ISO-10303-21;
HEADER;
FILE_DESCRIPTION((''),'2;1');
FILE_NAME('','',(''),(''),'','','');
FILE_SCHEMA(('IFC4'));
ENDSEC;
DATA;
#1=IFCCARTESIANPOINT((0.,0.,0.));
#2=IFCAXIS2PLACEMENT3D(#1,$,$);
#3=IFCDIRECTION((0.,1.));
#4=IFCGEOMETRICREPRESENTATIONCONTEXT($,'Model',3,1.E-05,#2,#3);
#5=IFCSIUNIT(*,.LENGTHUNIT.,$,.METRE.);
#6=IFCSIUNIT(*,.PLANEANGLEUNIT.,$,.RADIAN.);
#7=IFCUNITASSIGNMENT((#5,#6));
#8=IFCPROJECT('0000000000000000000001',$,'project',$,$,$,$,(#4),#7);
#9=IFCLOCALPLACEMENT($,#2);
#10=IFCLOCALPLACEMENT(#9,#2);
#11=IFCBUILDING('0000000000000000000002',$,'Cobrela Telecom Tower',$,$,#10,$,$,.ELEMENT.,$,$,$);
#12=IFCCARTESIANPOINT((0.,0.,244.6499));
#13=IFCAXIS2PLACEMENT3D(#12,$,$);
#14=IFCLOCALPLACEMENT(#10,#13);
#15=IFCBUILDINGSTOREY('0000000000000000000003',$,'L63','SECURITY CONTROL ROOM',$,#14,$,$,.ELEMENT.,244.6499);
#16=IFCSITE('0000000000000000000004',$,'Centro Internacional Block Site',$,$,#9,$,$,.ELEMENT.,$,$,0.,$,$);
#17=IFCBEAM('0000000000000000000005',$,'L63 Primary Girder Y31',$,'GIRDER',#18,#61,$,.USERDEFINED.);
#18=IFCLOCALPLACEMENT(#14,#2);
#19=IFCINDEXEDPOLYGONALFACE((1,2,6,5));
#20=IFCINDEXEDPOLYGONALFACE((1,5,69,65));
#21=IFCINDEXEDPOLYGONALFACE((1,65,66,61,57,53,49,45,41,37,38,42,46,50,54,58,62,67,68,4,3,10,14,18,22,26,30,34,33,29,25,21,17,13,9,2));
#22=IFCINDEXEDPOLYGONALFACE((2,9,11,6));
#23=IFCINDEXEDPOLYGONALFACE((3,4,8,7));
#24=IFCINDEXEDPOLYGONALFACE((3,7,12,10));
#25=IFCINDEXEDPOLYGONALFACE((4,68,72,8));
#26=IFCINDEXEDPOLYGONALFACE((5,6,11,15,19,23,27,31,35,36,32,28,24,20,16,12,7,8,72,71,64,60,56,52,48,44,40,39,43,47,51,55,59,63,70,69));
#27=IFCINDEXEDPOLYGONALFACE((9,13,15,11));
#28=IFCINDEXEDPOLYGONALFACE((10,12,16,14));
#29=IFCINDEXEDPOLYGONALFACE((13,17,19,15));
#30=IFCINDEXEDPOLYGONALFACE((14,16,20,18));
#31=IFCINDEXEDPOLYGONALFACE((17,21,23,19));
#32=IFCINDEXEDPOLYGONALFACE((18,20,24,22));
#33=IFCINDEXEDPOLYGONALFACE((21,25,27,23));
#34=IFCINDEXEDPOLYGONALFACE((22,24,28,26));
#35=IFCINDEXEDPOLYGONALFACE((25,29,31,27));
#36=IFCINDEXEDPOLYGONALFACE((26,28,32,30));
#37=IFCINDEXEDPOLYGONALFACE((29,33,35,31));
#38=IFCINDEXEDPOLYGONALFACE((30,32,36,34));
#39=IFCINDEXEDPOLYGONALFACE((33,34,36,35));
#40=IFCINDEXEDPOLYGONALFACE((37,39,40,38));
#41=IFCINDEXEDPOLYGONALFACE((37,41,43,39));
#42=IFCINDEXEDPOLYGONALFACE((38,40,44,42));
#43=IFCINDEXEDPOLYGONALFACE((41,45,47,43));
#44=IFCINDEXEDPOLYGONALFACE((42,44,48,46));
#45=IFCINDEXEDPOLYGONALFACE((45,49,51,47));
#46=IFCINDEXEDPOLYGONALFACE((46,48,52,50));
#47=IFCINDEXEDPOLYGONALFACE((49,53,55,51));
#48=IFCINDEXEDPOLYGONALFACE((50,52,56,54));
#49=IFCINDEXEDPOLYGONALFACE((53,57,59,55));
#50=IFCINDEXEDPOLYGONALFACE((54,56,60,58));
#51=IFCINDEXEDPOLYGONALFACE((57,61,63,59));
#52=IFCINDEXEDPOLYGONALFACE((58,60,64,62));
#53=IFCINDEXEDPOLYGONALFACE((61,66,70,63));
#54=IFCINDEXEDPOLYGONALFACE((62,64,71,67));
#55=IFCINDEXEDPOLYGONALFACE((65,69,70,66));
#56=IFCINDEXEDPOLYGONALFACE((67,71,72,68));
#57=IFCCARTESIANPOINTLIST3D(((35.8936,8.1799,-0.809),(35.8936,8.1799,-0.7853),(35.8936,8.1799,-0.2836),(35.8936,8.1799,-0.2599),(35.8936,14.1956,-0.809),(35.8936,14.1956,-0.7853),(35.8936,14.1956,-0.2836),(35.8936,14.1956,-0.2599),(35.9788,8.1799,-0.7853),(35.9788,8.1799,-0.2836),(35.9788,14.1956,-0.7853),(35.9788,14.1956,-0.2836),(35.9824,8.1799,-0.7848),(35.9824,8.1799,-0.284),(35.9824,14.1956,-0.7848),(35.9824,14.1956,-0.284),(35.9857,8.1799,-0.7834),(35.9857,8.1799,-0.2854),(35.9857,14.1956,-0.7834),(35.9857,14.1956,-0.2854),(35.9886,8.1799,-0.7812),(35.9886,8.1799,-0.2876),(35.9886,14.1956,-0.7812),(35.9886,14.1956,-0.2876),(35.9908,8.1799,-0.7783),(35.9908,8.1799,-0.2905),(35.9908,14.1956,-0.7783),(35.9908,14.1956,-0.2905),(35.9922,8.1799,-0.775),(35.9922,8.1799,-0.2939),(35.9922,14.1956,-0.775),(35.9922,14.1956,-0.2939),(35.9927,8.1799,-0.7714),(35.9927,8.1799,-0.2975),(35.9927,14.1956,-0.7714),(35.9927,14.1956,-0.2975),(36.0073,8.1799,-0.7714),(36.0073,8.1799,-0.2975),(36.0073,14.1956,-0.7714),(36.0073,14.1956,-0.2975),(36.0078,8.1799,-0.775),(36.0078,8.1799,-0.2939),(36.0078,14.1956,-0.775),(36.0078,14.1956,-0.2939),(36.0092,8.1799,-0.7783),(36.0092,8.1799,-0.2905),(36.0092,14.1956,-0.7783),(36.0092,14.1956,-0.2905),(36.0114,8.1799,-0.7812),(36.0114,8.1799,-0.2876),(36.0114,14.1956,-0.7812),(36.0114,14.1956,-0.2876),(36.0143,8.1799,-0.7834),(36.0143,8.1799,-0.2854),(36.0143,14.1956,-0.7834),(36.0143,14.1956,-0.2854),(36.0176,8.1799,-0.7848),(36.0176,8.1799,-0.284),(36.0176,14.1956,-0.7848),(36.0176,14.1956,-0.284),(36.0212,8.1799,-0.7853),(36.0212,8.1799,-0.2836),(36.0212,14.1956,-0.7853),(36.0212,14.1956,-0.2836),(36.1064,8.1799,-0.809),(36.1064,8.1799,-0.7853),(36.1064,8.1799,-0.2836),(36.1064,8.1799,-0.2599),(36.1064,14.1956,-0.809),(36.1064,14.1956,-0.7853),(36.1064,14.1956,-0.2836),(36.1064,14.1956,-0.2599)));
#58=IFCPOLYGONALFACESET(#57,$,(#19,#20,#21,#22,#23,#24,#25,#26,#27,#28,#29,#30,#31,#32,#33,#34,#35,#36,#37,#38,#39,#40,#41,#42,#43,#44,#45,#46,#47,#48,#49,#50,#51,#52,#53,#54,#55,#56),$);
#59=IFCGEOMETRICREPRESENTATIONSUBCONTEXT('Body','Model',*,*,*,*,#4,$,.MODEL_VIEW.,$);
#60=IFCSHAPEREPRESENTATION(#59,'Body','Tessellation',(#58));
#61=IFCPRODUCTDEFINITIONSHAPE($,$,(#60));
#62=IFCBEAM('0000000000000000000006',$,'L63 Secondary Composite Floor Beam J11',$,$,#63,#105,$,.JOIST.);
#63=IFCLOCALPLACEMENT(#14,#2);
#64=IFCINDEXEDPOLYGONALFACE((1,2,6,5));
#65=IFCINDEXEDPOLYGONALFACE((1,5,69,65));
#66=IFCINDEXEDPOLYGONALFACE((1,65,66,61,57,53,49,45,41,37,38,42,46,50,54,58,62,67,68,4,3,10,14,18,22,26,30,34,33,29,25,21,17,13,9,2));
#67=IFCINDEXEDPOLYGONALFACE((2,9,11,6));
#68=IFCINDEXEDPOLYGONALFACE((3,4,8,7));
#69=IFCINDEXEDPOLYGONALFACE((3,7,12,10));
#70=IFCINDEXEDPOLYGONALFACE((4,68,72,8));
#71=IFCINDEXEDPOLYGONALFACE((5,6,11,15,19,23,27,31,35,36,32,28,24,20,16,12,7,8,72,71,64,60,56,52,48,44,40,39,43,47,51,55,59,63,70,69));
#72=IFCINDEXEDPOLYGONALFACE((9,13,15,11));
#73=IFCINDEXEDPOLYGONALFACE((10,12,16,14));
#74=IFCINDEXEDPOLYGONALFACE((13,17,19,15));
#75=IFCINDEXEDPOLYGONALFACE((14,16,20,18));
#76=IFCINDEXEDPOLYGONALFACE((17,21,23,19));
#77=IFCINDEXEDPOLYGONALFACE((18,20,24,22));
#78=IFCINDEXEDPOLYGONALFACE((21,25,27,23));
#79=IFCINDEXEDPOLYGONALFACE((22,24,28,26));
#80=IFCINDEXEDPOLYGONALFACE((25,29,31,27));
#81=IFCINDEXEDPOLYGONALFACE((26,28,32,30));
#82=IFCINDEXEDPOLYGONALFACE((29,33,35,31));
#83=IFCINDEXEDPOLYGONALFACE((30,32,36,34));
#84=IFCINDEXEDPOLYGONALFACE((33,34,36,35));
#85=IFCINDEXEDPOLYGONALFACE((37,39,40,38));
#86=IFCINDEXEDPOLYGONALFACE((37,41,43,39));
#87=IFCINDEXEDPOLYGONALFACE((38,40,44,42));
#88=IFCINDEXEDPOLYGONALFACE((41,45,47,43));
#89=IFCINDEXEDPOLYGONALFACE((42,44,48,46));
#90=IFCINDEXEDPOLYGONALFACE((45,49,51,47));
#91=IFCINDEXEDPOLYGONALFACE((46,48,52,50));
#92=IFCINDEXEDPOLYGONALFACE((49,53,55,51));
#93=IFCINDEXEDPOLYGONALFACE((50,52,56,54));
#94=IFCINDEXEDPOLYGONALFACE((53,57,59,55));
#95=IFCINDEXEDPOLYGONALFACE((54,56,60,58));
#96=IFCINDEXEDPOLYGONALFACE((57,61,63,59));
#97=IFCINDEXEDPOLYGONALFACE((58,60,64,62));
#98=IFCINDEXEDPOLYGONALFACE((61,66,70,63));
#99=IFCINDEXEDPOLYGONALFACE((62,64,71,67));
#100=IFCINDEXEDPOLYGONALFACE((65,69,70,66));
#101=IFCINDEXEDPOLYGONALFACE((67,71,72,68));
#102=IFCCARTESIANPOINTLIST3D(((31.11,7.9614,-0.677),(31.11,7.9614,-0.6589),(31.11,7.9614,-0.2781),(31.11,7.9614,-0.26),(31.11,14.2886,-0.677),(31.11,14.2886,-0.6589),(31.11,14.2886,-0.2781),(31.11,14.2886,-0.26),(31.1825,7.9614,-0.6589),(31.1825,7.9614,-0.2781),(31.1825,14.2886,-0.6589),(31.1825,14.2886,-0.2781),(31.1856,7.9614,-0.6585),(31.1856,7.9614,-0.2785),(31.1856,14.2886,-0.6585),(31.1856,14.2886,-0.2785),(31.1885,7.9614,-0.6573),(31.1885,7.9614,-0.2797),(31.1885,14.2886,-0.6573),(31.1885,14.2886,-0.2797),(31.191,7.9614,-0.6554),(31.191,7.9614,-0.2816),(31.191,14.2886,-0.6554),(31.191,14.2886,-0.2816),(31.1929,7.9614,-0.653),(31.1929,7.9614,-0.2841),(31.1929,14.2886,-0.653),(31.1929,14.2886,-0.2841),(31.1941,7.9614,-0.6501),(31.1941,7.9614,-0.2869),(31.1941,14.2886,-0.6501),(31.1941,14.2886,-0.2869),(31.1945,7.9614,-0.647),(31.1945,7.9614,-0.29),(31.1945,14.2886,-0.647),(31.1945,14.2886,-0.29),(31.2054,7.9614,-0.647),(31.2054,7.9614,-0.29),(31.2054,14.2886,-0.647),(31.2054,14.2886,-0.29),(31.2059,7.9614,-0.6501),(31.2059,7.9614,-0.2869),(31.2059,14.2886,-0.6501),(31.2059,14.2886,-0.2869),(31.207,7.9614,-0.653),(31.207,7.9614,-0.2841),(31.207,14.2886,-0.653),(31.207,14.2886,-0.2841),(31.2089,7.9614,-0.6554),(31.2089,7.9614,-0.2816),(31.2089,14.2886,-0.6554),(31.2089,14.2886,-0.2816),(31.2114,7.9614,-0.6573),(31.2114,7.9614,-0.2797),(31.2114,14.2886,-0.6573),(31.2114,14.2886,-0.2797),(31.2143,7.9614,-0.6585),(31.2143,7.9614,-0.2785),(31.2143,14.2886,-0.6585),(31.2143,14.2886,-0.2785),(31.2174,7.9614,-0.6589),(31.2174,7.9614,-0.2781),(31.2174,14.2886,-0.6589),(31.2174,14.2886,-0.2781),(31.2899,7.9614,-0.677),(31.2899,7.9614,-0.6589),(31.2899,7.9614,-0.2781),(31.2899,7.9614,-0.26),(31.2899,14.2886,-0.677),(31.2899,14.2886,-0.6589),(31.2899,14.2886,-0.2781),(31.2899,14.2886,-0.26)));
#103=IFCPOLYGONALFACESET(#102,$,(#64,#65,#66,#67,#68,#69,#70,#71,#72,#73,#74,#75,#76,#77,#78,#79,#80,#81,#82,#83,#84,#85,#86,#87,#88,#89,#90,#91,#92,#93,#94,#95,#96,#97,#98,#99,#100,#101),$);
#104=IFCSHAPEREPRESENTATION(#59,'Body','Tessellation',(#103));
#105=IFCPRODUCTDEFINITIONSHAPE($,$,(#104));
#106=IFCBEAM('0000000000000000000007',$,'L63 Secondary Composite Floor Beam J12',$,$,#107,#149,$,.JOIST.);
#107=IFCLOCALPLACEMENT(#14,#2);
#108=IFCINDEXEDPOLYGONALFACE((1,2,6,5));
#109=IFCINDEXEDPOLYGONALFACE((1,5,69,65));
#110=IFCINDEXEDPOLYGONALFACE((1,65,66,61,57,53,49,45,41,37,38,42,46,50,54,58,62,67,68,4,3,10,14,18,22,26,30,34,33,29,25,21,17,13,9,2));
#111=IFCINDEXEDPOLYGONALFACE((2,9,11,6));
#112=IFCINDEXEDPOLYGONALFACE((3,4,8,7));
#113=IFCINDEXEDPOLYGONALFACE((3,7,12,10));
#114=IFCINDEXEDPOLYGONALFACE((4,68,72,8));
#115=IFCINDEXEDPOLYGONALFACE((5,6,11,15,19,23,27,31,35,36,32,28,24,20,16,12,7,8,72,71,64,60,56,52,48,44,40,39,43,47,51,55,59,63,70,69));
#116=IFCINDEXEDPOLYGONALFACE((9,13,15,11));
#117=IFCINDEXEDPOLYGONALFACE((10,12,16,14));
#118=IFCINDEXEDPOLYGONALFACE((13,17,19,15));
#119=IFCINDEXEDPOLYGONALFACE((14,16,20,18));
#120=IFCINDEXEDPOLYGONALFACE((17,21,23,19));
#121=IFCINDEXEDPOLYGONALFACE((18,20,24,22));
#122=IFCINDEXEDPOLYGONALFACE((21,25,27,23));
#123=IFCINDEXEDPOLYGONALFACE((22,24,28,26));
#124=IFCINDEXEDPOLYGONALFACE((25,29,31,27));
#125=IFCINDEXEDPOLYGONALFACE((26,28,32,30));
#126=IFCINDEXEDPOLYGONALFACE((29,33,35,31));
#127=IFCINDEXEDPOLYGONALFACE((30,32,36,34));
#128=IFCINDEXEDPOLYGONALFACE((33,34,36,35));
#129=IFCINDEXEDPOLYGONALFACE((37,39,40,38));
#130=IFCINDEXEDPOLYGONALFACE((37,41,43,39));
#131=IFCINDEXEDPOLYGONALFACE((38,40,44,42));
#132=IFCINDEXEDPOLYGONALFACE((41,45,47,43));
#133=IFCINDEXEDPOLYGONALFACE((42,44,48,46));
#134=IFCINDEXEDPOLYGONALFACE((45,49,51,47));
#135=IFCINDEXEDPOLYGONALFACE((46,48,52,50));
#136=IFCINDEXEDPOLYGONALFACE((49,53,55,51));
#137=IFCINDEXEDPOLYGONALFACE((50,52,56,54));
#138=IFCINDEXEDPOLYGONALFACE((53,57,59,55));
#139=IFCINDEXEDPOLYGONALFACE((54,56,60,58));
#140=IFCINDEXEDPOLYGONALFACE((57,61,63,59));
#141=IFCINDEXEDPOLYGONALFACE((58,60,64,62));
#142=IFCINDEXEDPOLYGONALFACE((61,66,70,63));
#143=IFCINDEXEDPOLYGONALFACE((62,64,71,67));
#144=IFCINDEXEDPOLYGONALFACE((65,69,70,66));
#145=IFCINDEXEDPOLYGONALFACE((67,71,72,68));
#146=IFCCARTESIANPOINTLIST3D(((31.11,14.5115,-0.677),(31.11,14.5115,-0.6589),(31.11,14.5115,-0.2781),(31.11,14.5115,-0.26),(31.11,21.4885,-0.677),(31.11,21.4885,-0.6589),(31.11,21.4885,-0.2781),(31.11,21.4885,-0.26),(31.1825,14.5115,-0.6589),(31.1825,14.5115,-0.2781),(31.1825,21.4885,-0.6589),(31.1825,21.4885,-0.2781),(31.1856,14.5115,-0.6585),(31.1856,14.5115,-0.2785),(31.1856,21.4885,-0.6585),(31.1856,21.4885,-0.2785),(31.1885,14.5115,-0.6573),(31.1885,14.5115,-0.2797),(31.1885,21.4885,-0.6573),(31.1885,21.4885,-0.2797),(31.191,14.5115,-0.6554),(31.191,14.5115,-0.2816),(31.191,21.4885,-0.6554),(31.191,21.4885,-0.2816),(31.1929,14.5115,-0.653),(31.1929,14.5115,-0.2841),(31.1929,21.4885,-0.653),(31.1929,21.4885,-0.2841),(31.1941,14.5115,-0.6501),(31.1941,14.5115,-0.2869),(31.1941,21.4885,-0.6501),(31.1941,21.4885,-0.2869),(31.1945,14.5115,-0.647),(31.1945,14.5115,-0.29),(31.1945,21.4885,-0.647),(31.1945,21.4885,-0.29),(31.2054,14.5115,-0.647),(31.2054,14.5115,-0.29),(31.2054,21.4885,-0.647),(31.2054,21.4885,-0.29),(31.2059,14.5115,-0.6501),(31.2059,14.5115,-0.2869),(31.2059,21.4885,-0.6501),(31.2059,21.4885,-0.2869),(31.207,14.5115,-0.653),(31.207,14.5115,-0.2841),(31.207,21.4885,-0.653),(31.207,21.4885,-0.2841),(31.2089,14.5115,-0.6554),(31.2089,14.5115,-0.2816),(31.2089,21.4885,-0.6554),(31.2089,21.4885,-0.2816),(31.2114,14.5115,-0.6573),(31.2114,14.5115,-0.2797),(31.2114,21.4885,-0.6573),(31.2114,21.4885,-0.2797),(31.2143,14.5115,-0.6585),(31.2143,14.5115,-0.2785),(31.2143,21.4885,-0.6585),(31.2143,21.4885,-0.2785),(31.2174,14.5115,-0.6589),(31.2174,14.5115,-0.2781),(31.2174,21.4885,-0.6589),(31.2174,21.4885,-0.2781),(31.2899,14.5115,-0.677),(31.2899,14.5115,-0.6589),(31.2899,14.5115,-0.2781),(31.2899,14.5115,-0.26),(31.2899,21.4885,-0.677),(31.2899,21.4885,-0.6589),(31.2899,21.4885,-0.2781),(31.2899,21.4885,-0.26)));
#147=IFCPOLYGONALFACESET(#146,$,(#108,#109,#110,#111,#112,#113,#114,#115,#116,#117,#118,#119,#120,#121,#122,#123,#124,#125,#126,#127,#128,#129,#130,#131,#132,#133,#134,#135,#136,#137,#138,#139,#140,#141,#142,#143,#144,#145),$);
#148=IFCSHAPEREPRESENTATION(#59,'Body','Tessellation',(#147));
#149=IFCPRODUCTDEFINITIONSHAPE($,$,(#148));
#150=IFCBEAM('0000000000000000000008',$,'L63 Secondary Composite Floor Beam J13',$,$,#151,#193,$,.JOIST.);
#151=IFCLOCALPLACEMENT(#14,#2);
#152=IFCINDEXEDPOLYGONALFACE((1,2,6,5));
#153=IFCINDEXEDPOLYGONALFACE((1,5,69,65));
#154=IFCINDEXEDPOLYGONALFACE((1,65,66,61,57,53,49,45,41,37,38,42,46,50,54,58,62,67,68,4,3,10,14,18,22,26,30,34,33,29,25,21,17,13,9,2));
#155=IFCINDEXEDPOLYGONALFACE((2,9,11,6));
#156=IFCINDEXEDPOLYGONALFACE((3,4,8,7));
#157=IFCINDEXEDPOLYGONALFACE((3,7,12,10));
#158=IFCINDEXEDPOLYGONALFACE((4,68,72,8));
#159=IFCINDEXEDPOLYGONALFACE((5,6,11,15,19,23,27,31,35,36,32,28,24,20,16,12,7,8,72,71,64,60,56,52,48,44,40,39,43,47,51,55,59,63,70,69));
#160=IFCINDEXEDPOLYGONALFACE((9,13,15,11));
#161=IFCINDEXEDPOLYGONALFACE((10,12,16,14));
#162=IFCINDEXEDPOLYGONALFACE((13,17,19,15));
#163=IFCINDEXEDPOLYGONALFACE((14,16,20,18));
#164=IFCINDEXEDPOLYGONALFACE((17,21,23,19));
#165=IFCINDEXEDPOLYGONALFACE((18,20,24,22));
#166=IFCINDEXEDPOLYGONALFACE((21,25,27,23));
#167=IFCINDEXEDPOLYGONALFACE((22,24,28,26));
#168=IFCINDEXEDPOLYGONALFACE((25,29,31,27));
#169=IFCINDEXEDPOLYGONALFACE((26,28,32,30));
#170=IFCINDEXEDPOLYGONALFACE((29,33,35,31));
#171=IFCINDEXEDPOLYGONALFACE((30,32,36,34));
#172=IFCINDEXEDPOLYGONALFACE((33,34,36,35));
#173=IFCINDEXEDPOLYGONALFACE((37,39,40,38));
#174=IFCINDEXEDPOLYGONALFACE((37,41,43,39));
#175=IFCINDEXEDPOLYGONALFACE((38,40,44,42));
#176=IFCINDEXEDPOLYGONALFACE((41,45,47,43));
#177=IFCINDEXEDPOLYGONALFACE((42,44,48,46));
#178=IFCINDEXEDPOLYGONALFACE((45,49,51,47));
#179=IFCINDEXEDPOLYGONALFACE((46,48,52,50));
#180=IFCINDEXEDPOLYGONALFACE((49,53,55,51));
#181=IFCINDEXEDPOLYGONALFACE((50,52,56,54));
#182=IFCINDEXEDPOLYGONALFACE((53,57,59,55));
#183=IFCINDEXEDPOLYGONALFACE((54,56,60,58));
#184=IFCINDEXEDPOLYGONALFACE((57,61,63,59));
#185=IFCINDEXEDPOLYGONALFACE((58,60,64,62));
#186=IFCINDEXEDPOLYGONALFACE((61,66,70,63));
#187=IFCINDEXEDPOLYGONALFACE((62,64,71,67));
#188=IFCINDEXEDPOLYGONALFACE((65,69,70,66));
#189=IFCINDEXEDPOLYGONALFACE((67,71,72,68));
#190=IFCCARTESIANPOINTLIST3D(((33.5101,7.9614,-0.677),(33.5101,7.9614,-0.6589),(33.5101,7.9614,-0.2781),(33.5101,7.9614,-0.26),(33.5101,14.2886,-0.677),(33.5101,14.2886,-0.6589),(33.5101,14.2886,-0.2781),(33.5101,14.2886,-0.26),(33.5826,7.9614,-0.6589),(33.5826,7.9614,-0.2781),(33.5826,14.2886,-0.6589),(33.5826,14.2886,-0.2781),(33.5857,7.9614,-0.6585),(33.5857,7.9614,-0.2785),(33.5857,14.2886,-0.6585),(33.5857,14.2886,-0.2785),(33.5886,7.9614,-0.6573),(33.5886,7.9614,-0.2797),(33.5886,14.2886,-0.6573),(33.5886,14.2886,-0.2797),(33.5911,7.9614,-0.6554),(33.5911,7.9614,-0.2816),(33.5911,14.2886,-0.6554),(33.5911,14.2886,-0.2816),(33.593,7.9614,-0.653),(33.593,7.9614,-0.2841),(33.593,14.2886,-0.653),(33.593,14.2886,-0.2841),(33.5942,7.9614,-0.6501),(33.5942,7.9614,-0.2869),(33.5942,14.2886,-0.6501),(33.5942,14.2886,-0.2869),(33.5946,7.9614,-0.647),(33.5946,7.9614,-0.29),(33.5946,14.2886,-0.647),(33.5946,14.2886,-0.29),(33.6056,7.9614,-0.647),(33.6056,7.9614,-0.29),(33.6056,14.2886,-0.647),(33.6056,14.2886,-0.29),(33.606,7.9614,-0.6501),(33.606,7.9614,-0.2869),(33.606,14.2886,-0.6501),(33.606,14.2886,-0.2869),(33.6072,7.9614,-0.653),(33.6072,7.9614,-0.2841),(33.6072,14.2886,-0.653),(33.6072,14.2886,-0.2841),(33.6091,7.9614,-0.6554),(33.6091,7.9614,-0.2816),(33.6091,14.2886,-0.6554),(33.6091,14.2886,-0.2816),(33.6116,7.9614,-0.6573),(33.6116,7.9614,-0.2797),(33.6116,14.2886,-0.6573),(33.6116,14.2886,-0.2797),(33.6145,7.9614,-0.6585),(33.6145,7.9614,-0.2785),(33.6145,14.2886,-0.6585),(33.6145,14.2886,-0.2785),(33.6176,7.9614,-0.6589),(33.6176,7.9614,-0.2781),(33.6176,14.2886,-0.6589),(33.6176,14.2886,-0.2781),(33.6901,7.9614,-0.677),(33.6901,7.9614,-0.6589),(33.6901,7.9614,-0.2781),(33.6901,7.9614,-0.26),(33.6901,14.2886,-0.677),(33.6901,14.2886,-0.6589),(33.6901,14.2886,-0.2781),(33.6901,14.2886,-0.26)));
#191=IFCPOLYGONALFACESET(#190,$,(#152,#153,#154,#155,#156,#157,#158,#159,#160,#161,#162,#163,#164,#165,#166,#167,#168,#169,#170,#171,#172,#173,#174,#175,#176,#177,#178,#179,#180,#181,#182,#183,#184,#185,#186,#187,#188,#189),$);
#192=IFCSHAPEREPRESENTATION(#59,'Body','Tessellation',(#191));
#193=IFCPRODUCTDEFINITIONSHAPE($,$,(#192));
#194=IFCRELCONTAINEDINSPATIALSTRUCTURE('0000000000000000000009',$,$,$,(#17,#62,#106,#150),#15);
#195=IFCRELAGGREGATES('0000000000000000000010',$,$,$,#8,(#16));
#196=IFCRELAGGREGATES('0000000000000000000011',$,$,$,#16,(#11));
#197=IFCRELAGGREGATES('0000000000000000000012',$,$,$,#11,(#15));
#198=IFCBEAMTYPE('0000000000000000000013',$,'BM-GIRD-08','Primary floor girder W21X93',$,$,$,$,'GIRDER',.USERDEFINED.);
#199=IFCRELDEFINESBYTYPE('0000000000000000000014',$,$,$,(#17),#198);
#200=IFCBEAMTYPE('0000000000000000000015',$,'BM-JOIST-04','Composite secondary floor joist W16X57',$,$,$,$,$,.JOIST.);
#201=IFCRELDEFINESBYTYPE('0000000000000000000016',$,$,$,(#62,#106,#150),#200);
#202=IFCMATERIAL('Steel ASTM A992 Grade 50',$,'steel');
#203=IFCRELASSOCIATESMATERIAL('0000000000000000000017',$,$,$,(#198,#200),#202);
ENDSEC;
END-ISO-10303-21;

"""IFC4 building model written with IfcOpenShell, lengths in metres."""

from ifc_helpers import new_model, si_unit, direction, frame, origin, origin_2d, place, context, subcontext, project, spatial, i_section, extrude, material, material_profile, profile_set, type_object, element, save


model = new_model("IFC4")

# Units and contexts
model_context = context("Model", 3, precision=1e-05, world=origin(), true_north=direction((0.0, 1.0)))
body_context = subcontext(model_context, "Body", "Model", "MODEL_VIEW")
ifc_project = project(units=[si_unit("LENGTHUNIT", "METRE"), si_unit("PLANEANGLEUNIT", "RADIAN")], contexts=[model_context])

# Site, building, storey
site_placement = place(None, origin())
site = spatial("IfcSite", under=ifc_project, at=site_placement, Name="Centro Internacional Block Site", CompositionType="ELEMENT", RefElevation=0.0)
building_placement = place(site_placement, origin())
building = spatial("IfcBuilding", under=site, at=building_placement, Name="Cobrela Telecom Tower", CompositionType="ELEMENT")
storey_placement = place(building_placement, frame((0.0, 0.0, 244.6499)))
storey = spatial("IfcBuildingStorey", under=building, at=storey_placement, Name="L63", Description="SECURITY CONTROL ROOM", CompositionType="ELEMENT", Elevation=244.6499)

# Shared definitions
ifc_material_1 = material(Name="Steel ASTM A992 Grade 50", Category="steel")

# Beams
ifc_material_profile_1 = material_profile(ifc_material_1, i_section(OverallWidth=0.2129, OverallDepth=0.5491, WebThickness=0.0146, FlangeThickness=0.0237, FilletRadius=0.0139, at=origin_2d()), Name="W21X93")
ifc_profile_set_1 = profile_set([ifc_material_profile_1], Name="Steel ASTM A992 Grade 50")
beam_type_1 = type_object("IfcBeamType", Name="BM-GIRD-08", Description="Primary floor girder W21X93", ElementType="GIRDER", PredefinedType="USERDEFINED", material=ifc_profile_set_1)
beam_1_placement = place(storey_placement, frame((36.0, 8.1799, -0.5344), z_axis=(0.0, 1.0, 0.0), x_axis=(-1.0, 0.0, 0.0)))
element("IfcBeam", 1, at=beam_1_placement, inside=storey, type_object=beam_type_1, Name="L63 Primary Girder Y31", ObjectType="GIRDER", PredefinedType="USERDEFINED", context=body_context, shape_type="SweptSolid", body=[
    extrude(i_section(OverallWidth=0.2129, OverallDepth=0.5491, WebThickness=0.0146, FlangeThickness=0.0237, FilletRadius=0.0139, at=origin_2d()), origin(), (0.0, 0.0, 1.0), 6.0156),
])
ifc_material_profile_2 = material_profile(ifc_material_1, i_section(OverallWidth=0.1799, OverallDepth=0.417, WebThickness=0.011, FlangeThickness=0.0181, FilletRadius=0.012, at=origin_2d()), Name="W16X57")
ifc_profile_set_2 = profile_set([ifc_material_profile_2], Name="Steel ASTM A992 Grade 50")
beam_type_2 = type_object("IfcBeamType", Name="BM-JOIST-04", Description="Composite secondary floor joist W16X57", PredefinedType="JOIST", material=ifc_profile_set_2)
beam_2_placement = place(storey_placement, frame((31.2, 7.9614, -0.4685), z_axis=(0.0, 1.0, 0.0), x_axis=(-1.0, 0.0, 0.0)))
element("IfcBeam", 2, at=beam_2_placement, inside=storey, type_object=beam_type_2, Name="L63 Secondary Composite Floor Beam J11", PredefinedType="JOIST", context=body_context, shape_type="SweptSolid", body=[
    extrude(i_section(OverallWidth=0.1799, OverallDepth=0.417, WebThickness=0.011, FlangeThickness=0.0181, FilletRadius=0.012, at=origin_2d()), origin(), (0.0, 0.0, 1.0), 6.3271),
])
beam_3_placement = place(storey_placement, frame((31.2, 14.5115, -0.4685), z_axis=(0.0, 1.0, 0.0), x_axis=(-1.0, 0.0, 0.0)))
element("IfcBeam", 3, at=beam_3_placement, inside=storey, type_object=beam_type_2, Name="L63 Secondary Composite Floor Beam J12", PredefinedType="JOIST", context=body_context, shape_type="SweptSolid", body=[
    extrude(i_section(OverallWidth=0.1799, OverallDepth=0.417, WebThickness=0.011, FlangeThickness=0.0181, FilletRadius=0.012, at=origin_2d()), origin(), (0.0, 0.0, 1.0), 6.9771),
])
beam_4_placement = place(storey_placement, frame((33.6001, 7.9614, -0.4685), z_axis=(0.0, 1.0, 0.0), x_axis=(-1.0, 0.0, 0.0)))
element("IfcBeam", 4, at=beam_4_placement, inside=storey, type_object=beam_type_2, Name="L63 Secondary Composite Floor Beam J13", PredefinedType="JOIST", context=body_context, shape_type="SweptSolid", body=[
    extrude(i_section(OverallWidth=0.1799, OverallDepth=0.417, WebThickness=0.011, FlangeThickness=0.0181, FilletRadius=0.012, at=origin_2d()), origin(), (0.0, 0.0, 1.0), 6.3271),
])

save(model, "model.ifc")
